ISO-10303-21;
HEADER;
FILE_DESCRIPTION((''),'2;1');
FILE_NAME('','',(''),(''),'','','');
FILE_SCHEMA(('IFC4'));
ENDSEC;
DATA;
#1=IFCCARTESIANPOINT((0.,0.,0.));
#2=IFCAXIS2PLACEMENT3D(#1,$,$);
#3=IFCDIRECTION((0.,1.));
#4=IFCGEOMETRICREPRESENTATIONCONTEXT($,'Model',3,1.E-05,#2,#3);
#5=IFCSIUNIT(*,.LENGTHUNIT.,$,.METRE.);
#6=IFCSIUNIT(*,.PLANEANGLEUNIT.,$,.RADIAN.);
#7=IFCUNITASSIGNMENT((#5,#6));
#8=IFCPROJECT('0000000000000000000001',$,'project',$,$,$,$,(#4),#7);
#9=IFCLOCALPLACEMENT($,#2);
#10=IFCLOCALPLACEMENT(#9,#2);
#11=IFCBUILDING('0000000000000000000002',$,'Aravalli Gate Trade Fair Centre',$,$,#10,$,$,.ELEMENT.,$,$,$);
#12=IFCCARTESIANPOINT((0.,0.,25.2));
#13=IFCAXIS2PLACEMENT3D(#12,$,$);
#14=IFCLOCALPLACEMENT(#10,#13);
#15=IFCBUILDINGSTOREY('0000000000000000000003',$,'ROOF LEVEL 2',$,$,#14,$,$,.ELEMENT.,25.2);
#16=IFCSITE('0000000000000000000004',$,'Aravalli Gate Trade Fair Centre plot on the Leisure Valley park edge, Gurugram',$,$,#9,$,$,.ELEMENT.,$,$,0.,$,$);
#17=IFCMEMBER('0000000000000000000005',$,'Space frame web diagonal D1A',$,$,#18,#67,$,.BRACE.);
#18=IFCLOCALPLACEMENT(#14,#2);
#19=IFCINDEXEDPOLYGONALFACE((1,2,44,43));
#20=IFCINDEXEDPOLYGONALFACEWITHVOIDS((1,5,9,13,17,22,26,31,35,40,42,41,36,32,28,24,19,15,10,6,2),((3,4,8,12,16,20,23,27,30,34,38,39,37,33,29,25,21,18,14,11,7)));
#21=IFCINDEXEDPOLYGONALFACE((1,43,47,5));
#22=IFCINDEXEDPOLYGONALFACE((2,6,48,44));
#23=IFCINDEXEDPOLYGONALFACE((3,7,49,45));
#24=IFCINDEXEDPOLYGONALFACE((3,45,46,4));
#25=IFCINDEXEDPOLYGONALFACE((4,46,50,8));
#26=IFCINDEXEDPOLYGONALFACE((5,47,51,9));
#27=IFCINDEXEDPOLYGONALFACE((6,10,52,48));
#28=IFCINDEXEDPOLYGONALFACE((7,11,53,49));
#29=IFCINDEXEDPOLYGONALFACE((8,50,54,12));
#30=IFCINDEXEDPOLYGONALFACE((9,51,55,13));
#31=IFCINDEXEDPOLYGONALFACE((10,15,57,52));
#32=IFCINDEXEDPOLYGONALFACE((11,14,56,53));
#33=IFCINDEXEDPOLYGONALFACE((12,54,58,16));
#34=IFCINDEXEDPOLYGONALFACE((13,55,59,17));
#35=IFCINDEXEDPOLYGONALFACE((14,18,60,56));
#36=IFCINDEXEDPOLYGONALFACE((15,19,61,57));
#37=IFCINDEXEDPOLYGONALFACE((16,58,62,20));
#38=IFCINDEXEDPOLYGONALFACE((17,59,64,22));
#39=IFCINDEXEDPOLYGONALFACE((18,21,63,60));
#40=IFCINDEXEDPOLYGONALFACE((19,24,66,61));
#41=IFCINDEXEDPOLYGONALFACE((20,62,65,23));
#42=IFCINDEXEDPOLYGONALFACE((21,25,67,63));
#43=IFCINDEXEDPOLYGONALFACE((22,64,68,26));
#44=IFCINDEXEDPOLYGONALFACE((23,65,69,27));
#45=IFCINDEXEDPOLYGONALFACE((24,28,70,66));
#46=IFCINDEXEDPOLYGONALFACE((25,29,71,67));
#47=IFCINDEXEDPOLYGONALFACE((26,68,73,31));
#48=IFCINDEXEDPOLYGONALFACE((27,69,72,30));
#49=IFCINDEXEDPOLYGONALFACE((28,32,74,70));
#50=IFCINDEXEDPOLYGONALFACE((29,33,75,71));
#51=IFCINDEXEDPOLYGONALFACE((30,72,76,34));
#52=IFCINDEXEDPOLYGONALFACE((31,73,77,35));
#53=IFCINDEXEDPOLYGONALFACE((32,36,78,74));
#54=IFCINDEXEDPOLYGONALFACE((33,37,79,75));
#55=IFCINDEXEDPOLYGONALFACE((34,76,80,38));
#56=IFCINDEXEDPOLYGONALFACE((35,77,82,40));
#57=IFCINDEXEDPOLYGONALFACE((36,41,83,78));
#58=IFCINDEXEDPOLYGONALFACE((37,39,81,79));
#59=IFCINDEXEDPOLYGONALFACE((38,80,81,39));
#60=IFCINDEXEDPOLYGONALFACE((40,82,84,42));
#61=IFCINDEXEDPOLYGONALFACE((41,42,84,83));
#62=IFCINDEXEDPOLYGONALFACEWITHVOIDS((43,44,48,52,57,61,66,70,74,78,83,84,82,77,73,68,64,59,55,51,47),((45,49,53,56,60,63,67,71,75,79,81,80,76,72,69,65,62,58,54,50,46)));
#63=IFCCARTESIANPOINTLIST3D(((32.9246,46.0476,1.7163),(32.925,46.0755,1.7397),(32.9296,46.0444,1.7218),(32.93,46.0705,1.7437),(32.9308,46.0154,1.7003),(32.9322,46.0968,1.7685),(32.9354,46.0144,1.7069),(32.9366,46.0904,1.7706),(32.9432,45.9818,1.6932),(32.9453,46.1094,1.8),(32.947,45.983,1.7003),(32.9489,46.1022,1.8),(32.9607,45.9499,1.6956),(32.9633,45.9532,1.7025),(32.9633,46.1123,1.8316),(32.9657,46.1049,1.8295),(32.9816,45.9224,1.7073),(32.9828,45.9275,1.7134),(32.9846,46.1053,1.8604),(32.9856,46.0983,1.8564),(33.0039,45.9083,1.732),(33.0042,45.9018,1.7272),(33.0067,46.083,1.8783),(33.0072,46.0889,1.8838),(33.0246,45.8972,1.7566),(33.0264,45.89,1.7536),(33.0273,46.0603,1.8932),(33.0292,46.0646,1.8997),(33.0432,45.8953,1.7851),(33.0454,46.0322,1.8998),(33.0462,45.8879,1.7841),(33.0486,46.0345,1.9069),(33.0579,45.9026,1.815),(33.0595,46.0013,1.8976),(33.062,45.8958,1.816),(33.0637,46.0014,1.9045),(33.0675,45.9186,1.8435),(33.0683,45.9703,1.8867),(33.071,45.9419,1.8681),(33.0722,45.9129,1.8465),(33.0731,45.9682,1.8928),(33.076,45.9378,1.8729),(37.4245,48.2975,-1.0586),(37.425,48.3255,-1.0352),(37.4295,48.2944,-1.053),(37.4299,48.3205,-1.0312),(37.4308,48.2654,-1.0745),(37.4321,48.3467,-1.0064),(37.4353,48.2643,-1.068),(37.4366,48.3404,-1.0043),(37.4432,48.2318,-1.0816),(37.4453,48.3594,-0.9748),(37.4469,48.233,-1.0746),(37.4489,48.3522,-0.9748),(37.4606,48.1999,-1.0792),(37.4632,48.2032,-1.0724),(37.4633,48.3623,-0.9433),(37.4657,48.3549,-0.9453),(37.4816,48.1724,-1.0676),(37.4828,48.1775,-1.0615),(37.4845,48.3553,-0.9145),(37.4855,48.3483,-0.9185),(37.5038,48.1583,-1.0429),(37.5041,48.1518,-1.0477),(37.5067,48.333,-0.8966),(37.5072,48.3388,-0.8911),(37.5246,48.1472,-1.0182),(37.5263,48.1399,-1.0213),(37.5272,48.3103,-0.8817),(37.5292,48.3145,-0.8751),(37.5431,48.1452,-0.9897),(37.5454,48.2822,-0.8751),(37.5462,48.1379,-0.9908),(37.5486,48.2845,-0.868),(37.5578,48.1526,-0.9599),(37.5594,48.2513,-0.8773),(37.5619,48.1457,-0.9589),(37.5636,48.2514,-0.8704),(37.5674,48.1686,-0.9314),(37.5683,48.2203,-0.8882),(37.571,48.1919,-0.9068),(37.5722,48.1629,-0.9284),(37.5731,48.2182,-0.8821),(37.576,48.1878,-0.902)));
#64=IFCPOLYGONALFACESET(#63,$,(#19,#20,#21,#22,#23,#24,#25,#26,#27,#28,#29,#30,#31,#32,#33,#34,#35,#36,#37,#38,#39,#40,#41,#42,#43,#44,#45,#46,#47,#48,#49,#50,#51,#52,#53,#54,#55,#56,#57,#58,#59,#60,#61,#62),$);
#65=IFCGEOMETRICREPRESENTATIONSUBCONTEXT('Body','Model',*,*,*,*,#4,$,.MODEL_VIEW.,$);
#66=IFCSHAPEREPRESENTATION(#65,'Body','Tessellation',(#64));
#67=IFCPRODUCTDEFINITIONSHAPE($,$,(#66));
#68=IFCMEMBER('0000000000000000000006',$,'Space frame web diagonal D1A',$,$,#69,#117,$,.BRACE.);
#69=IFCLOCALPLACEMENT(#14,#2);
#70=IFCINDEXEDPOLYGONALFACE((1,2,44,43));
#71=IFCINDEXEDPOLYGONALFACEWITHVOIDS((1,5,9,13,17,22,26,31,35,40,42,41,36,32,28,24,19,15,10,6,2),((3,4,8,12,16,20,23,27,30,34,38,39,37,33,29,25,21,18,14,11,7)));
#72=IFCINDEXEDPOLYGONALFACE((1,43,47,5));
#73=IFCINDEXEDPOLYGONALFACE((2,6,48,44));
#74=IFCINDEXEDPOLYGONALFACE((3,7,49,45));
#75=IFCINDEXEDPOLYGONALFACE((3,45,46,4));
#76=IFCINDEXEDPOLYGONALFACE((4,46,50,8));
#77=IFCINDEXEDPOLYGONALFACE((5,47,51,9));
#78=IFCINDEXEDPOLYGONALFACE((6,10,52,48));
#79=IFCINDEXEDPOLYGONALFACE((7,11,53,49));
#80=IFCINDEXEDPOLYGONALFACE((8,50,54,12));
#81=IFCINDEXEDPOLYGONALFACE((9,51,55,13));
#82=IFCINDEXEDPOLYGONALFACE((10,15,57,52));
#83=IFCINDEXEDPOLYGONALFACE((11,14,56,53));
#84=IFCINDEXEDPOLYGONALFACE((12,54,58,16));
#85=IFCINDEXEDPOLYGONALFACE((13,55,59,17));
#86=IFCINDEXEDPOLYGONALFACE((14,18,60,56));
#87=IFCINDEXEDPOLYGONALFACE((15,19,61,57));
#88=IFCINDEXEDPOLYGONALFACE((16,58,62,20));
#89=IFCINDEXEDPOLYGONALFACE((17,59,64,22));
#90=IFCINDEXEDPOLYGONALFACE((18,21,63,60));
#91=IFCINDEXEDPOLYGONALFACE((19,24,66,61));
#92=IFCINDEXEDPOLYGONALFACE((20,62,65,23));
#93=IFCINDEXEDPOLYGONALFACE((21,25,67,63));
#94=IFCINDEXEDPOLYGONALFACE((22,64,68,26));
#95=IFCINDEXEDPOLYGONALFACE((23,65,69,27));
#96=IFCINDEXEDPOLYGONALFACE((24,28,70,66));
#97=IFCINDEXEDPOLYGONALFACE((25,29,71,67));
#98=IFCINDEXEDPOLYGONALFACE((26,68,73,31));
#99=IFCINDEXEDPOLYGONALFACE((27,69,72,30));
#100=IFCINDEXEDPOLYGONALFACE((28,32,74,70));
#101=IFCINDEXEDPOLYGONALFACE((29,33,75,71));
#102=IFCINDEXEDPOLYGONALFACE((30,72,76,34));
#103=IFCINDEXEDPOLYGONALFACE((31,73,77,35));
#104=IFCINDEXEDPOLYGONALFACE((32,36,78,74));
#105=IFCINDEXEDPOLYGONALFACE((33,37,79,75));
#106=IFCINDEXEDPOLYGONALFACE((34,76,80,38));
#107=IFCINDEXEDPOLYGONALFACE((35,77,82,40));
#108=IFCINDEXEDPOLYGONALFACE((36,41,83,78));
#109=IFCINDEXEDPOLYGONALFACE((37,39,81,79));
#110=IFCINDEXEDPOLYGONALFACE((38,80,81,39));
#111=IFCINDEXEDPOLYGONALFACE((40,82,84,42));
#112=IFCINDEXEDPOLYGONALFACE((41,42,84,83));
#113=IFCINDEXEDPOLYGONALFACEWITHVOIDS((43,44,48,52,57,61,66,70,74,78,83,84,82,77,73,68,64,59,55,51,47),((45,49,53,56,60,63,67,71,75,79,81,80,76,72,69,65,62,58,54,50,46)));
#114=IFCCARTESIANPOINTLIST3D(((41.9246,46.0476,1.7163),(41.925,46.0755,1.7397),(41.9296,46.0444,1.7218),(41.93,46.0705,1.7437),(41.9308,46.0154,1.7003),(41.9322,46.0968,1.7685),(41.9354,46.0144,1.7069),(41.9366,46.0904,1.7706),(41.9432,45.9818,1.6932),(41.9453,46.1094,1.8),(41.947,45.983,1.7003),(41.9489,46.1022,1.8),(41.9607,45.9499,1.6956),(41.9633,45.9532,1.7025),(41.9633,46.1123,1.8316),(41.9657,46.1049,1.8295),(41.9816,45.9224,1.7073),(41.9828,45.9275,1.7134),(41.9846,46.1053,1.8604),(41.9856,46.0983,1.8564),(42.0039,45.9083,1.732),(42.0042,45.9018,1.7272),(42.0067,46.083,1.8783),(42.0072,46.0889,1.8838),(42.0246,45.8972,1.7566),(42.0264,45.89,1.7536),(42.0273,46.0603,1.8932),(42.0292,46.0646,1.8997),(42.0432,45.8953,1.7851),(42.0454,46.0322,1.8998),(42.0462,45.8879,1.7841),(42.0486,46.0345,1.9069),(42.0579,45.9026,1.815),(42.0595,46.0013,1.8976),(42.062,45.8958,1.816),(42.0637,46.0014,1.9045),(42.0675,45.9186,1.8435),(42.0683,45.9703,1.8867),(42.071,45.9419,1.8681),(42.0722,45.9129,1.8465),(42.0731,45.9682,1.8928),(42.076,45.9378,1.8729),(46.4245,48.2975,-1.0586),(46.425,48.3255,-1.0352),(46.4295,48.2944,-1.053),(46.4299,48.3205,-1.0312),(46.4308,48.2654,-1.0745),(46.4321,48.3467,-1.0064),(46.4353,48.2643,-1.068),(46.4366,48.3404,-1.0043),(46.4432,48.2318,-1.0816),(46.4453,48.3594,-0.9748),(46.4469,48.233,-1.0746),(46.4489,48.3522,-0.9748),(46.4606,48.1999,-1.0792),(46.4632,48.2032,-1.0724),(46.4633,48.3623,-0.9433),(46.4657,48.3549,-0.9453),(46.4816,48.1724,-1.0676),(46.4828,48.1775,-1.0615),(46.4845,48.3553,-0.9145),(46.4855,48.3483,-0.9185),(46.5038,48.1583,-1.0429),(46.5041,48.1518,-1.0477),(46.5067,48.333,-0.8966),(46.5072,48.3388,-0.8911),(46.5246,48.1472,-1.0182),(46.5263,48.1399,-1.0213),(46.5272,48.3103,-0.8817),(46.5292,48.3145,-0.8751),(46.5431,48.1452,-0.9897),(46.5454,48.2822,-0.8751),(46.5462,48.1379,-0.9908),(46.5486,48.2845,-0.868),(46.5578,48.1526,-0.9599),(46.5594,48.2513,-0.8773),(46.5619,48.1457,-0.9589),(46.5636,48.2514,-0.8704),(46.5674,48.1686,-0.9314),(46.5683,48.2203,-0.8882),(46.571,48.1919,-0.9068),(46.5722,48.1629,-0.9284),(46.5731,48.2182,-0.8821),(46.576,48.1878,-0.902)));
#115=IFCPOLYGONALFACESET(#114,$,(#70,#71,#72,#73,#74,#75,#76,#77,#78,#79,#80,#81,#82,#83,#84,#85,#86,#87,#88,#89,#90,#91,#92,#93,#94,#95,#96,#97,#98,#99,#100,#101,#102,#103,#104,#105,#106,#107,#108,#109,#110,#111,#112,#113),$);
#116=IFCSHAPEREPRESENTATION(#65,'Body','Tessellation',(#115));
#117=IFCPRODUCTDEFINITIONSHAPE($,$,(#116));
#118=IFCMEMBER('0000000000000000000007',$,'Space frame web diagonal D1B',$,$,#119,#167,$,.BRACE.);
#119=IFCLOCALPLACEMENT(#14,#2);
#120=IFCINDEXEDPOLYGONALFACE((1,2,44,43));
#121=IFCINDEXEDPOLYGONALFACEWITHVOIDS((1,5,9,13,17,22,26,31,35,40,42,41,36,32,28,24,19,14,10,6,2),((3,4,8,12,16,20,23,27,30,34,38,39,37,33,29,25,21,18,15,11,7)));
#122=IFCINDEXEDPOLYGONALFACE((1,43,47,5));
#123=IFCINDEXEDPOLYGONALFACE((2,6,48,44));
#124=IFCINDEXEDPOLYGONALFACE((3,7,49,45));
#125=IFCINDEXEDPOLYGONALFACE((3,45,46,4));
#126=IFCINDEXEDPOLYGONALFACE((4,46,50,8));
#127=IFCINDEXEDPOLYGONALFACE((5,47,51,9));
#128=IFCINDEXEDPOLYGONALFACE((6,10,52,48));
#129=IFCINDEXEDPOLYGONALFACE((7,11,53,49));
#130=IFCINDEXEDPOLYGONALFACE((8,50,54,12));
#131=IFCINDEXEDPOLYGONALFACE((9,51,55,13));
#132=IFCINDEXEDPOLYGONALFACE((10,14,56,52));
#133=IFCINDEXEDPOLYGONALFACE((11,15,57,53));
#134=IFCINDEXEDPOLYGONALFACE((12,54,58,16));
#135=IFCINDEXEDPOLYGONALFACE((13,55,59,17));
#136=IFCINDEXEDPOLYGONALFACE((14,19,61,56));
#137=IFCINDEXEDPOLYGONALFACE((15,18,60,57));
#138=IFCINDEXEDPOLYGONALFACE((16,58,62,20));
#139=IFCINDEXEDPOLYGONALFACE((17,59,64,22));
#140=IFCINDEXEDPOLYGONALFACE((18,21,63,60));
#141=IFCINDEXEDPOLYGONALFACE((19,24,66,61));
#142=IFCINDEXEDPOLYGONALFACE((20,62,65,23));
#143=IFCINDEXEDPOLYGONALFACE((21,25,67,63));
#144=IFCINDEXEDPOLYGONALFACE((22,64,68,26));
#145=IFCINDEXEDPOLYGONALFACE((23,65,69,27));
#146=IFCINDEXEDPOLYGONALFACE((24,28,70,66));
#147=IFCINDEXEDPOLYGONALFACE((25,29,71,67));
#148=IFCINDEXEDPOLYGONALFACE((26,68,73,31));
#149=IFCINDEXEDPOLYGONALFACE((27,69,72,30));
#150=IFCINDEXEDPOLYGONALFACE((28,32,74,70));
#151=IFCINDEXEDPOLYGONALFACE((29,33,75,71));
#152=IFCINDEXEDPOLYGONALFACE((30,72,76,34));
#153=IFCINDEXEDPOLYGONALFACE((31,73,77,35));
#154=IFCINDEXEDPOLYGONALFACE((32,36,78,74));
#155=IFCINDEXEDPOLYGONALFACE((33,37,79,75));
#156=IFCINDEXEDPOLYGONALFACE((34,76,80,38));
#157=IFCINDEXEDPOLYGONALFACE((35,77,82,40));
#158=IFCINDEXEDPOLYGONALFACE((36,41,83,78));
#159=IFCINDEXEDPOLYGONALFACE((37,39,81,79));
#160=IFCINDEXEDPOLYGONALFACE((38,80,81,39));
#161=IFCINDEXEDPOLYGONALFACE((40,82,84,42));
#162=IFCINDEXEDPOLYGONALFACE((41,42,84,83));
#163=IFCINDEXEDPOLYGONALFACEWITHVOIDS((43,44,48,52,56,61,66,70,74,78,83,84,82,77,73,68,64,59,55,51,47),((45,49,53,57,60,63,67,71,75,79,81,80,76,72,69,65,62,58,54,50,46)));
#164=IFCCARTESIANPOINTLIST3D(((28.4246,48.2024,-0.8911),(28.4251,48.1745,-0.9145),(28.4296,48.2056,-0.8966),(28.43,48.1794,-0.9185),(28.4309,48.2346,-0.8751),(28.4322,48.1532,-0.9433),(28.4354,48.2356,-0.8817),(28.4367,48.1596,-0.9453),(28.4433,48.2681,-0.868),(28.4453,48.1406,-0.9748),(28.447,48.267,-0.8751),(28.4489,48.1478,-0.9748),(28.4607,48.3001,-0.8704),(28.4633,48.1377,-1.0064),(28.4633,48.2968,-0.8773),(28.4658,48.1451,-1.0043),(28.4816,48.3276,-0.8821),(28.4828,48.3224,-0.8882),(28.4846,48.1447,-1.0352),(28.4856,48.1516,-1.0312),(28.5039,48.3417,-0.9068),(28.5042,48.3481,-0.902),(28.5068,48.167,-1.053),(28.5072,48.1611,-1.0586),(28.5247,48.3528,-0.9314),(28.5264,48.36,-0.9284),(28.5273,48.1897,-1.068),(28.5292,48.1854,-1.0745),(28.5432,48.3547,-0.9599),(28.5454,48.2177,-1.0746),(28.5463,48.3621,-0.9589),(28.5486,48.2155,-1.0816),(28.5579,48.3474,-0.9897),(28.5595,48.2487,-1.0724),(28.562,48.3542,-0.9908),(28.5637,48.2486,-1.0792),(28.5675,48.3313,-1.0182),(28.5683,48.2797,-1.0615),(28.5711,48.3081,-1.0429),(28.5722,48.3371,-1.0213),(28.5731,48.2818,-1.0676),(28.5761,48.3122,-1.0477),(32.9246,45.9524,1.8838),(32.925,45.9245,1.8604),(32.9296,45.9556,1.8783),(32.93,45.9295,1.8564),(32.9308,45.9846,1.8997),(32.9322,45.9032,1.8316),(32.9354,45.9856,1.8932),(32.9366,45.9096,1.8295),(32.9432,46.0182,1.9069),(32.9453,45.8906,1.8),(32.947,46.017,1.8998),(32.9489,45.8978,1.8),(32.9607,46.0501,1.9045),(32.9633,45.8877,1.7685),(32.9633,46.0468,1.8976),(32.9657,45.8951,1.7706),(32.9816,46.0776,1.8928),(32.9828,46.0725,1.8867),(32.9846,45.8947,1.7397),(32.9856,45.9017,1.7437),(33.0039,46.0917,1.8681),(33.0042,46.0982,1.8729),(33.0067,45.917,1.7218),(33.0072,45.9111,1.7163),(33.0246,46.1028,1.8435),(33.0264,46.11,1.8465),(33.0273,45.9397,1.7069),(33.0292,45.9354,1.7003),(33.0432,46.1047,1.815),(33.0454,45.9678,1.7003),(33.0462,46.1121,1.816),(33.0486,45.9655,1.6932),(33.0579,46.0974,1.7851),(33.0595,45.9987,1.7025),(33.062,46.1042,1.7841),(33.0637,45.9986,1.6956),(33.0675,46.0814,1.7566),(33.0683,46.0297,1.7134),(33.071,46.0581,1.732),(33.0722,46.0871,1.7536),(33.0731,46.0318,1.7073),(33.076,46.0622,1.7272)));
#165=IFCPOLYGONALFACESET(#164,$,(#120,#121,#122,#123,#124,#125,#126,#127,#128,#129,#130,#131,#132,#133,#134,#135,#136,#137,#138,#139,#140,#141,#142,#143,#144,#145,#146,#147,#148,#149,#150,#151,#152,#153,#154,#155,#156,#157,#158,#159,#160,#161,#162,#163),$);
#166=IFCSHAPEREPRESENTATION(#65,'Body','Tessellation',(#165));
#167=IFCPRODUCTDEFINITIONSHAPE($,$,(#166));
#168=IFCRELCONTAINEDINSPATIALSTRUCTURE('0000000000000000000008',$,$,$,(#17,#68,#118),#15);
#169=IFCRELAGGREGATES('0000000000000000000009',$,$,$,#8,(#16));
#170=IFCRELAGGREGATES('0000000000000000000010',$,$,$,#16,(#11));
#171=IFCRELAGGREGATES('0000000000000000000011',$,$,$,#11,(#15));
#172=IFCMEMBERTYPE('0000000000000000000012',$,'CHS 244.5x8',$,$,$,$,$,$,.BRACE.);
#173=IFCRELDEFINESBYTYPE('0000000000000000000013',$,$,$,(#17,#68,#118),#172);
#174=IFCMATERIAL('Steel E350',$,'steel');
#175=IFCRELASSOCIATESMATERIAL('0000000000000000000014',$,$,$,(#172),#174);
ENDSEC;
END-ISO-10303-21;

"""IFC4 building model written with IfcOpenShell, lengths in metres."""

from ifc_helpers import new_model, si_unit, direction, frame, origin, origin_2d, place, context, subcontext, project, spatial, hollow_circle, extrude, material, material_profile, profile_set, type_object, element, save


model = new_model("IFC4")

# Units and contexts
model_context = context("Model", 3, precision=1e-05, world=origin(), true_north=direction((0.0, 1.0)))
body_context = subcontext(model_context, "Body", "Model", "MODEL_VIEW")
ifc_project = project(units=[si_unit("LENGTHUNIT", "METRE"), si_unit("PLANEANGLEUNIT", "RADIAN")], contexts=[model_context])

# Site, building, storey
site_placement = place(None, origin())
site = spatial("IfcSite", under=ifc_project, at=site_placement, Name="Aravalli Gate Trade Fair Centre plot on the Leisure Valley park edge, Gurugram", CompositionType="ELEMENT", RefElevation=0.0)
building_placement = place(site_placement, origin())
building = spatial("IfcBuilding", under=site, at=building_placement, Name="Aravalli Gate Trade Fair Centre", CompositionType="ELEMENT")
storey_placement = place(building_placement, frame((0.0, 0.0, 25.2)))
storey = spatial("IfcBuildingStorey", under=building, at=storey_placement, Name="ROOF LEVEL 2", CompositionType="ELEMENT", Elevation=25.2)

# Members
ifc_material_1 = material(Name="Steel E350", Category="steel")
ifc_material_profile_1 = material_profile(ifc_material_1, hollow_circle(Radius=0.1223, WallThickness=0.0081, at=origin_2d()), Name="CHS 244.5x8")
ifc_profile_set_1 = profile_set([ifc_material_profile_1], Name="Steel E350")
member_type_1 = type_object("IfcMemberType", Name="CHS 244.5x8", PredefinedType="BRACE", material=ifc_profile_set_1)
for number, where, z_axis, x_axis, name in (
    (1, (33.0, 46.0, 1.8), (0.7832, 0.3916, -0.482956), (-0.447214, 0.894427, 0.0), "Space frame web diagonal D1A"),
    (2, (42.0, 46.0, 1.8), (0.7832, 0.3916, -0.482956), (-0.447214, 0.894427, 0.0), "Space frame web diagonal D1A"),
    (3, (33.0, 46.0, 1.8), (-0.7832, 0.3916, -0.482956), (-0.447214, -0.894427, 0.0), "Space frame web diagonal D1B"),
):
    element("IfcMember", number, at=place(storey_placement, frame(where, z_axis=z_axis, x_axis=x_axis)), inside=storey, type_object=member_type_1, Name=name, PredefinedType="BRACE", context=body_context, shape_type="SweptSolid", body=[
        extrude(hollow_circle(Radius=0.1223, WallThickness=0.0081, at=origin_2d()), origin(), (0.0, 0.0, 1.0), 5.7456),
    ])

save(model, "model.ifc")
